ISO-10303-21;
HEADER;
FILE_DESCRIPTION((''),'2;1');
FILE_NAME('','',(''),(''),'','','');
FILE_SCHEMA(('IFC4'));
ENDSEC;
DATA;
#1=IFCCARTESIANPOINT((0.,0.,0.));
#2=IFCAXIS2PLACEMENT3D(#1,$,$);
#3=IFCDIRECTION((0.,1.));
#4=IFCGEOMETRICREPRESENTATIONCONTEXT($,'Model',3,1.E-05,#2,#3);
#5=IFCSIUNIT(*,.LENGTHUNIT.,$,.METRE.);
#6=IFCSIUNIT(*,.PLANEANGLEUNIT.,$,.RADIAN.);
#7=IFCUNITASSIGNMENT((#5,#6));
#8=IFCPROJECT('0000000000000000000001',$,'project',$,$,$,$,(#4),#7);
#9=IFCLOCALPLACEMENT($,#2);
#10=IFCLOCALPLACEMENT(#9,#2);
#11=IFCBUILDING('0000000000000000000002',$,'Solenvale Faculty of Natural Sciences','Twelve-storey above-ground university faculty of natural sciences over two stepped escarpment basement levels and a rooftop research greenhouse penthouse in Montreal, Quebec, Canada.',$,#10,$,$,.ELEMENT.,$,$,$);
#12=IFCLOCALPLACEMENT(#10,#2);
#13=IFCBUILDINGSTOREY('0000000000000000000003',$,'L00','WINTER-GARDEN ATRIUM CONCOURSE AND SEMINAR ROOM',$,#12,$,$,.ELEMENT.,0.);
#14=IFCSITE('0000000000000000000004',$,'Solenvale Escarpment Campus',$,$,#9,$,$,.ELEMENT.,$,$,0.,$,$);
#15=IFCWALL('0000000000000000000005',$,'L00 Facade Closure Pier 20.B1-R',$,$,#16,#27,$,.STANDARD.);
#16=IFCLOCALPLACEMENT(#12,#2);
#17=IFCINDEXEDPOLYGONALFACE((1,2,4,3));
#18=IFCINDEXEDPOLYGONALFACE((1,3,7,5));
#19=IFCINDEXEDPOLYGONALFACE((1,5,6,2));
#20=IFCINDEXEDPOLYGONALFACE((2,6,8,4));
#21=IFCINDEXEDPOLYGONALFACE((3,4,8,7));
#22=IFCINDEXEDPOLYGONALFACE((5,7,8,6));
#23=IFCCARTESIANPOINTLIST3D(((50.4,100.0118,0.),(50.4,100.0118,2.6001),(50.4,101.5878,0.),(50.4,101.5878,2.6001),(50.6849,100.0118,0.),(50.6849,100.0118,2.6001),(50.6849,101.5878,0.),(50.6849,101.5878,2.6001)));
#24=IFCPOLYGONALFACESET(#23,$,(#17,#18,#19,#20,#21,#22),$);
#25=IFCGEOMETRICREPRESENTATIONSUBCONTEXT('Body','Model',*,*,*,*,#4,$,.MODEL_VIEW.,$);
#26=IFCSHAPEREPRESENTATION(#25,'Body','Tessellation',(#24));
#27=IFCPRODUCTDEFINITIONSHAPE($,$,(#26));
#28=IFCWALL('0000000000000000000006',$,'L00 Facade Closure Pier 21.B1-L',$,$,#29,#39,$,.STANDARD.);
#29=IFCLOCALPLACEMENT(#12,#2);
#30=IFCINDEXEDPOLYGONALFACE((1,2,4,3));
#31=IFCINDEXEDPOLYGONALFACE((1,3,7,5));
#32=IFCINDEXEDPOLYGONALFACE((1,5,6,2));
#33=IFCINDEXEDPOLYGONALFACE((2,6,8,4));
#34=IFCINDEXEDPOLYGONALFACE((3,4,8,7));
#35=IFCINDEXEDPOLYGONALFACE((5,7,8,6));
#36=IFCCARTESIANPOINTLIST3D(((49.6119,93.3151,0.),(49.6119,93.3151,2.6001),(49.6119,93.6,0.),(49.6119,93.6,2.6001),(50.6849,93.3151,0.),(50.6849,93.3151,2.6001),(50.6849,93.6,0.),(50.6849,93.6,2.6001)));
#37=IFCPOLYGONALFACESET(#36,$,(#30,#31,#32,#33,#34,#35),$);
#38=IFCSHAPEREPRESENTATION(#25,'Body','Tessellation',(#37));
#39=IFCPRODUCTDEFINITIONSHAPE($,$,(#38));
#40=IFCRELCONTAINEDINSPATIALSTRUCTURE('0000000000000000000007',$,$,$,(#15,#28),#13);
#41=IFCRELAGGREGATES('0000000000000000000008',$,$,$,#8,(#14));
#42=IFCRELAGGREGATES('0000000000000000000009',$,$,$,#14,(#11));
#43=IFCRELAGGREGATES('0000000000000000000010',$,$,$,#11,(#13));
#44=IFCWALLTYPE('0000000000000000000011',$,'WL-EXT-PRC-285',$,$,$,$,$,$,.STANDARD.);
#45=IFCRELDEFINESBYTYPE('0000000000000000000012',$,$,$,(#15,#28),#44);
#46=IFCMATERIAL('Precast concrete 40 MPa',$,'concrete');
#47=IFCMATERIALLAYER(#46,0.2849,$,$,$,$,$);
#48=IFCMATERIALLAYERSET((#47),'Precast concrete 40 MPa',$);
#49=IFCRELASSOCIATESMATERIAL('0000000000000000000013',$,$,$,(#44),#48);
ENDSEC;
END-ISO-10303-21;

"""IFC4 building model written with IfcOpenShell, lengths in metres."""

from ifc_helpers import new_model, si_unit, direction, frame, frame_2d, origin, place, context, subcontext, project, spatial, rectangle, extrude, material, layer, layer_set, type_object, element, save


model = new_model("IFC4")

# Units and contexts
model_context = context("Model", 3, precision=1e-05, world=origin(), true_north=direction((0.0, 1.0)))
body_context = subcontext(model_context, "Body", "Model", "MODEL_VIEW")
ifc_project = project(units=[si_unit("LENGTHUNIT", "METRE"), si_unit("PLANEANGLEUNIT", "RADIAN")], contexts=[model_context])

# Site, building, storey
site_placement = place(None, origin())
site = spatial("IfcSite", under=ifc_project, at=site_placement, Name="Solenvale Escarpment Campus", CompositionType="ELEMENT", RefElevation=0.0)
building_placement = place(site_placement, origin())
building = spatial("IfcBuilding", under=site, at=building_placement, Name="Solenvale Faculty of Natural Sciences", Description="Twelve-storey above-ground university faculty of natural sciences over two stepped escarpment basement levels and a rooftop research greenhouse penthouse in Montreal, Quebec, Canada.", CompositionType="ELEMENT")
storey_placement = place(building_placement, origin())
storey = spatial("IfcBuildingStorey", under=building, at=storey_placement, Name="L00", Description="WINTER-GARDEN ATRIUM CONCOURSE AND SEMINAR ROOM", CompositionType="ELEMENT", Elevation=0.0)

# Walls
ifc_material_1 = material(Name="Precast concrete 40 MPa", Category="concrete")
ifc_layer_1 = layer(ifc_material_1, 0.2849)
ifc_layer_set_1 = layer_set([ifc_layer_1], Name="Precast concrete 40 MPa")
wall_type_1 = type_object("IfcWallType", Name="WL-EXT-PRC-285", PredefinedType="STANDARD", material=ifc_layer_set_1)
wall_1_placement = place(storey_placement, frame((50.5425, 101.5879, 0.0), z_axis=(0.0, 0.0, 1.0), x_axis=(0.0, -1.0, 0.0)))
element("IfcWall", 1, at=wall_1_placement, inside=storey, type_object=wall_type_1, Name="L00 Facade Closure Pier 20.B1-R", PredefinedType="STANDARD", context=body_context, shape_type="SweptSolid", body=[
    extrude(rectangle(XDim=1.5759, YDim=0.2849, at=frame_2d((0.7881, 0.0))), origin(), (0.0, 0.0, 1.0), 2.6001),
])
wall_2_placement = place(storey_placement, frame((50.6851, 93.4575, 0.0), z_axis=(0.0, 0.0, 1.0), x_axis=(-1.0, 0.0, 0.0)))
element("IfcWall", 2, at=wall_2_placement, inside=storey, type_object=wall_type_1, Name="L00 Facade Closure Pier 21.B1-L", PredefinedType="STANDARD", context=body_context, shape_type="SweptSolid", body=[
    extrude(rectangle(XDim=1.073, YDim=0.2849, at=frame_2d((0.5366, 0.0))), origin(), (0.0, 0.0, 1.0), 2.6001),
])

save(model, "model.ifc")
